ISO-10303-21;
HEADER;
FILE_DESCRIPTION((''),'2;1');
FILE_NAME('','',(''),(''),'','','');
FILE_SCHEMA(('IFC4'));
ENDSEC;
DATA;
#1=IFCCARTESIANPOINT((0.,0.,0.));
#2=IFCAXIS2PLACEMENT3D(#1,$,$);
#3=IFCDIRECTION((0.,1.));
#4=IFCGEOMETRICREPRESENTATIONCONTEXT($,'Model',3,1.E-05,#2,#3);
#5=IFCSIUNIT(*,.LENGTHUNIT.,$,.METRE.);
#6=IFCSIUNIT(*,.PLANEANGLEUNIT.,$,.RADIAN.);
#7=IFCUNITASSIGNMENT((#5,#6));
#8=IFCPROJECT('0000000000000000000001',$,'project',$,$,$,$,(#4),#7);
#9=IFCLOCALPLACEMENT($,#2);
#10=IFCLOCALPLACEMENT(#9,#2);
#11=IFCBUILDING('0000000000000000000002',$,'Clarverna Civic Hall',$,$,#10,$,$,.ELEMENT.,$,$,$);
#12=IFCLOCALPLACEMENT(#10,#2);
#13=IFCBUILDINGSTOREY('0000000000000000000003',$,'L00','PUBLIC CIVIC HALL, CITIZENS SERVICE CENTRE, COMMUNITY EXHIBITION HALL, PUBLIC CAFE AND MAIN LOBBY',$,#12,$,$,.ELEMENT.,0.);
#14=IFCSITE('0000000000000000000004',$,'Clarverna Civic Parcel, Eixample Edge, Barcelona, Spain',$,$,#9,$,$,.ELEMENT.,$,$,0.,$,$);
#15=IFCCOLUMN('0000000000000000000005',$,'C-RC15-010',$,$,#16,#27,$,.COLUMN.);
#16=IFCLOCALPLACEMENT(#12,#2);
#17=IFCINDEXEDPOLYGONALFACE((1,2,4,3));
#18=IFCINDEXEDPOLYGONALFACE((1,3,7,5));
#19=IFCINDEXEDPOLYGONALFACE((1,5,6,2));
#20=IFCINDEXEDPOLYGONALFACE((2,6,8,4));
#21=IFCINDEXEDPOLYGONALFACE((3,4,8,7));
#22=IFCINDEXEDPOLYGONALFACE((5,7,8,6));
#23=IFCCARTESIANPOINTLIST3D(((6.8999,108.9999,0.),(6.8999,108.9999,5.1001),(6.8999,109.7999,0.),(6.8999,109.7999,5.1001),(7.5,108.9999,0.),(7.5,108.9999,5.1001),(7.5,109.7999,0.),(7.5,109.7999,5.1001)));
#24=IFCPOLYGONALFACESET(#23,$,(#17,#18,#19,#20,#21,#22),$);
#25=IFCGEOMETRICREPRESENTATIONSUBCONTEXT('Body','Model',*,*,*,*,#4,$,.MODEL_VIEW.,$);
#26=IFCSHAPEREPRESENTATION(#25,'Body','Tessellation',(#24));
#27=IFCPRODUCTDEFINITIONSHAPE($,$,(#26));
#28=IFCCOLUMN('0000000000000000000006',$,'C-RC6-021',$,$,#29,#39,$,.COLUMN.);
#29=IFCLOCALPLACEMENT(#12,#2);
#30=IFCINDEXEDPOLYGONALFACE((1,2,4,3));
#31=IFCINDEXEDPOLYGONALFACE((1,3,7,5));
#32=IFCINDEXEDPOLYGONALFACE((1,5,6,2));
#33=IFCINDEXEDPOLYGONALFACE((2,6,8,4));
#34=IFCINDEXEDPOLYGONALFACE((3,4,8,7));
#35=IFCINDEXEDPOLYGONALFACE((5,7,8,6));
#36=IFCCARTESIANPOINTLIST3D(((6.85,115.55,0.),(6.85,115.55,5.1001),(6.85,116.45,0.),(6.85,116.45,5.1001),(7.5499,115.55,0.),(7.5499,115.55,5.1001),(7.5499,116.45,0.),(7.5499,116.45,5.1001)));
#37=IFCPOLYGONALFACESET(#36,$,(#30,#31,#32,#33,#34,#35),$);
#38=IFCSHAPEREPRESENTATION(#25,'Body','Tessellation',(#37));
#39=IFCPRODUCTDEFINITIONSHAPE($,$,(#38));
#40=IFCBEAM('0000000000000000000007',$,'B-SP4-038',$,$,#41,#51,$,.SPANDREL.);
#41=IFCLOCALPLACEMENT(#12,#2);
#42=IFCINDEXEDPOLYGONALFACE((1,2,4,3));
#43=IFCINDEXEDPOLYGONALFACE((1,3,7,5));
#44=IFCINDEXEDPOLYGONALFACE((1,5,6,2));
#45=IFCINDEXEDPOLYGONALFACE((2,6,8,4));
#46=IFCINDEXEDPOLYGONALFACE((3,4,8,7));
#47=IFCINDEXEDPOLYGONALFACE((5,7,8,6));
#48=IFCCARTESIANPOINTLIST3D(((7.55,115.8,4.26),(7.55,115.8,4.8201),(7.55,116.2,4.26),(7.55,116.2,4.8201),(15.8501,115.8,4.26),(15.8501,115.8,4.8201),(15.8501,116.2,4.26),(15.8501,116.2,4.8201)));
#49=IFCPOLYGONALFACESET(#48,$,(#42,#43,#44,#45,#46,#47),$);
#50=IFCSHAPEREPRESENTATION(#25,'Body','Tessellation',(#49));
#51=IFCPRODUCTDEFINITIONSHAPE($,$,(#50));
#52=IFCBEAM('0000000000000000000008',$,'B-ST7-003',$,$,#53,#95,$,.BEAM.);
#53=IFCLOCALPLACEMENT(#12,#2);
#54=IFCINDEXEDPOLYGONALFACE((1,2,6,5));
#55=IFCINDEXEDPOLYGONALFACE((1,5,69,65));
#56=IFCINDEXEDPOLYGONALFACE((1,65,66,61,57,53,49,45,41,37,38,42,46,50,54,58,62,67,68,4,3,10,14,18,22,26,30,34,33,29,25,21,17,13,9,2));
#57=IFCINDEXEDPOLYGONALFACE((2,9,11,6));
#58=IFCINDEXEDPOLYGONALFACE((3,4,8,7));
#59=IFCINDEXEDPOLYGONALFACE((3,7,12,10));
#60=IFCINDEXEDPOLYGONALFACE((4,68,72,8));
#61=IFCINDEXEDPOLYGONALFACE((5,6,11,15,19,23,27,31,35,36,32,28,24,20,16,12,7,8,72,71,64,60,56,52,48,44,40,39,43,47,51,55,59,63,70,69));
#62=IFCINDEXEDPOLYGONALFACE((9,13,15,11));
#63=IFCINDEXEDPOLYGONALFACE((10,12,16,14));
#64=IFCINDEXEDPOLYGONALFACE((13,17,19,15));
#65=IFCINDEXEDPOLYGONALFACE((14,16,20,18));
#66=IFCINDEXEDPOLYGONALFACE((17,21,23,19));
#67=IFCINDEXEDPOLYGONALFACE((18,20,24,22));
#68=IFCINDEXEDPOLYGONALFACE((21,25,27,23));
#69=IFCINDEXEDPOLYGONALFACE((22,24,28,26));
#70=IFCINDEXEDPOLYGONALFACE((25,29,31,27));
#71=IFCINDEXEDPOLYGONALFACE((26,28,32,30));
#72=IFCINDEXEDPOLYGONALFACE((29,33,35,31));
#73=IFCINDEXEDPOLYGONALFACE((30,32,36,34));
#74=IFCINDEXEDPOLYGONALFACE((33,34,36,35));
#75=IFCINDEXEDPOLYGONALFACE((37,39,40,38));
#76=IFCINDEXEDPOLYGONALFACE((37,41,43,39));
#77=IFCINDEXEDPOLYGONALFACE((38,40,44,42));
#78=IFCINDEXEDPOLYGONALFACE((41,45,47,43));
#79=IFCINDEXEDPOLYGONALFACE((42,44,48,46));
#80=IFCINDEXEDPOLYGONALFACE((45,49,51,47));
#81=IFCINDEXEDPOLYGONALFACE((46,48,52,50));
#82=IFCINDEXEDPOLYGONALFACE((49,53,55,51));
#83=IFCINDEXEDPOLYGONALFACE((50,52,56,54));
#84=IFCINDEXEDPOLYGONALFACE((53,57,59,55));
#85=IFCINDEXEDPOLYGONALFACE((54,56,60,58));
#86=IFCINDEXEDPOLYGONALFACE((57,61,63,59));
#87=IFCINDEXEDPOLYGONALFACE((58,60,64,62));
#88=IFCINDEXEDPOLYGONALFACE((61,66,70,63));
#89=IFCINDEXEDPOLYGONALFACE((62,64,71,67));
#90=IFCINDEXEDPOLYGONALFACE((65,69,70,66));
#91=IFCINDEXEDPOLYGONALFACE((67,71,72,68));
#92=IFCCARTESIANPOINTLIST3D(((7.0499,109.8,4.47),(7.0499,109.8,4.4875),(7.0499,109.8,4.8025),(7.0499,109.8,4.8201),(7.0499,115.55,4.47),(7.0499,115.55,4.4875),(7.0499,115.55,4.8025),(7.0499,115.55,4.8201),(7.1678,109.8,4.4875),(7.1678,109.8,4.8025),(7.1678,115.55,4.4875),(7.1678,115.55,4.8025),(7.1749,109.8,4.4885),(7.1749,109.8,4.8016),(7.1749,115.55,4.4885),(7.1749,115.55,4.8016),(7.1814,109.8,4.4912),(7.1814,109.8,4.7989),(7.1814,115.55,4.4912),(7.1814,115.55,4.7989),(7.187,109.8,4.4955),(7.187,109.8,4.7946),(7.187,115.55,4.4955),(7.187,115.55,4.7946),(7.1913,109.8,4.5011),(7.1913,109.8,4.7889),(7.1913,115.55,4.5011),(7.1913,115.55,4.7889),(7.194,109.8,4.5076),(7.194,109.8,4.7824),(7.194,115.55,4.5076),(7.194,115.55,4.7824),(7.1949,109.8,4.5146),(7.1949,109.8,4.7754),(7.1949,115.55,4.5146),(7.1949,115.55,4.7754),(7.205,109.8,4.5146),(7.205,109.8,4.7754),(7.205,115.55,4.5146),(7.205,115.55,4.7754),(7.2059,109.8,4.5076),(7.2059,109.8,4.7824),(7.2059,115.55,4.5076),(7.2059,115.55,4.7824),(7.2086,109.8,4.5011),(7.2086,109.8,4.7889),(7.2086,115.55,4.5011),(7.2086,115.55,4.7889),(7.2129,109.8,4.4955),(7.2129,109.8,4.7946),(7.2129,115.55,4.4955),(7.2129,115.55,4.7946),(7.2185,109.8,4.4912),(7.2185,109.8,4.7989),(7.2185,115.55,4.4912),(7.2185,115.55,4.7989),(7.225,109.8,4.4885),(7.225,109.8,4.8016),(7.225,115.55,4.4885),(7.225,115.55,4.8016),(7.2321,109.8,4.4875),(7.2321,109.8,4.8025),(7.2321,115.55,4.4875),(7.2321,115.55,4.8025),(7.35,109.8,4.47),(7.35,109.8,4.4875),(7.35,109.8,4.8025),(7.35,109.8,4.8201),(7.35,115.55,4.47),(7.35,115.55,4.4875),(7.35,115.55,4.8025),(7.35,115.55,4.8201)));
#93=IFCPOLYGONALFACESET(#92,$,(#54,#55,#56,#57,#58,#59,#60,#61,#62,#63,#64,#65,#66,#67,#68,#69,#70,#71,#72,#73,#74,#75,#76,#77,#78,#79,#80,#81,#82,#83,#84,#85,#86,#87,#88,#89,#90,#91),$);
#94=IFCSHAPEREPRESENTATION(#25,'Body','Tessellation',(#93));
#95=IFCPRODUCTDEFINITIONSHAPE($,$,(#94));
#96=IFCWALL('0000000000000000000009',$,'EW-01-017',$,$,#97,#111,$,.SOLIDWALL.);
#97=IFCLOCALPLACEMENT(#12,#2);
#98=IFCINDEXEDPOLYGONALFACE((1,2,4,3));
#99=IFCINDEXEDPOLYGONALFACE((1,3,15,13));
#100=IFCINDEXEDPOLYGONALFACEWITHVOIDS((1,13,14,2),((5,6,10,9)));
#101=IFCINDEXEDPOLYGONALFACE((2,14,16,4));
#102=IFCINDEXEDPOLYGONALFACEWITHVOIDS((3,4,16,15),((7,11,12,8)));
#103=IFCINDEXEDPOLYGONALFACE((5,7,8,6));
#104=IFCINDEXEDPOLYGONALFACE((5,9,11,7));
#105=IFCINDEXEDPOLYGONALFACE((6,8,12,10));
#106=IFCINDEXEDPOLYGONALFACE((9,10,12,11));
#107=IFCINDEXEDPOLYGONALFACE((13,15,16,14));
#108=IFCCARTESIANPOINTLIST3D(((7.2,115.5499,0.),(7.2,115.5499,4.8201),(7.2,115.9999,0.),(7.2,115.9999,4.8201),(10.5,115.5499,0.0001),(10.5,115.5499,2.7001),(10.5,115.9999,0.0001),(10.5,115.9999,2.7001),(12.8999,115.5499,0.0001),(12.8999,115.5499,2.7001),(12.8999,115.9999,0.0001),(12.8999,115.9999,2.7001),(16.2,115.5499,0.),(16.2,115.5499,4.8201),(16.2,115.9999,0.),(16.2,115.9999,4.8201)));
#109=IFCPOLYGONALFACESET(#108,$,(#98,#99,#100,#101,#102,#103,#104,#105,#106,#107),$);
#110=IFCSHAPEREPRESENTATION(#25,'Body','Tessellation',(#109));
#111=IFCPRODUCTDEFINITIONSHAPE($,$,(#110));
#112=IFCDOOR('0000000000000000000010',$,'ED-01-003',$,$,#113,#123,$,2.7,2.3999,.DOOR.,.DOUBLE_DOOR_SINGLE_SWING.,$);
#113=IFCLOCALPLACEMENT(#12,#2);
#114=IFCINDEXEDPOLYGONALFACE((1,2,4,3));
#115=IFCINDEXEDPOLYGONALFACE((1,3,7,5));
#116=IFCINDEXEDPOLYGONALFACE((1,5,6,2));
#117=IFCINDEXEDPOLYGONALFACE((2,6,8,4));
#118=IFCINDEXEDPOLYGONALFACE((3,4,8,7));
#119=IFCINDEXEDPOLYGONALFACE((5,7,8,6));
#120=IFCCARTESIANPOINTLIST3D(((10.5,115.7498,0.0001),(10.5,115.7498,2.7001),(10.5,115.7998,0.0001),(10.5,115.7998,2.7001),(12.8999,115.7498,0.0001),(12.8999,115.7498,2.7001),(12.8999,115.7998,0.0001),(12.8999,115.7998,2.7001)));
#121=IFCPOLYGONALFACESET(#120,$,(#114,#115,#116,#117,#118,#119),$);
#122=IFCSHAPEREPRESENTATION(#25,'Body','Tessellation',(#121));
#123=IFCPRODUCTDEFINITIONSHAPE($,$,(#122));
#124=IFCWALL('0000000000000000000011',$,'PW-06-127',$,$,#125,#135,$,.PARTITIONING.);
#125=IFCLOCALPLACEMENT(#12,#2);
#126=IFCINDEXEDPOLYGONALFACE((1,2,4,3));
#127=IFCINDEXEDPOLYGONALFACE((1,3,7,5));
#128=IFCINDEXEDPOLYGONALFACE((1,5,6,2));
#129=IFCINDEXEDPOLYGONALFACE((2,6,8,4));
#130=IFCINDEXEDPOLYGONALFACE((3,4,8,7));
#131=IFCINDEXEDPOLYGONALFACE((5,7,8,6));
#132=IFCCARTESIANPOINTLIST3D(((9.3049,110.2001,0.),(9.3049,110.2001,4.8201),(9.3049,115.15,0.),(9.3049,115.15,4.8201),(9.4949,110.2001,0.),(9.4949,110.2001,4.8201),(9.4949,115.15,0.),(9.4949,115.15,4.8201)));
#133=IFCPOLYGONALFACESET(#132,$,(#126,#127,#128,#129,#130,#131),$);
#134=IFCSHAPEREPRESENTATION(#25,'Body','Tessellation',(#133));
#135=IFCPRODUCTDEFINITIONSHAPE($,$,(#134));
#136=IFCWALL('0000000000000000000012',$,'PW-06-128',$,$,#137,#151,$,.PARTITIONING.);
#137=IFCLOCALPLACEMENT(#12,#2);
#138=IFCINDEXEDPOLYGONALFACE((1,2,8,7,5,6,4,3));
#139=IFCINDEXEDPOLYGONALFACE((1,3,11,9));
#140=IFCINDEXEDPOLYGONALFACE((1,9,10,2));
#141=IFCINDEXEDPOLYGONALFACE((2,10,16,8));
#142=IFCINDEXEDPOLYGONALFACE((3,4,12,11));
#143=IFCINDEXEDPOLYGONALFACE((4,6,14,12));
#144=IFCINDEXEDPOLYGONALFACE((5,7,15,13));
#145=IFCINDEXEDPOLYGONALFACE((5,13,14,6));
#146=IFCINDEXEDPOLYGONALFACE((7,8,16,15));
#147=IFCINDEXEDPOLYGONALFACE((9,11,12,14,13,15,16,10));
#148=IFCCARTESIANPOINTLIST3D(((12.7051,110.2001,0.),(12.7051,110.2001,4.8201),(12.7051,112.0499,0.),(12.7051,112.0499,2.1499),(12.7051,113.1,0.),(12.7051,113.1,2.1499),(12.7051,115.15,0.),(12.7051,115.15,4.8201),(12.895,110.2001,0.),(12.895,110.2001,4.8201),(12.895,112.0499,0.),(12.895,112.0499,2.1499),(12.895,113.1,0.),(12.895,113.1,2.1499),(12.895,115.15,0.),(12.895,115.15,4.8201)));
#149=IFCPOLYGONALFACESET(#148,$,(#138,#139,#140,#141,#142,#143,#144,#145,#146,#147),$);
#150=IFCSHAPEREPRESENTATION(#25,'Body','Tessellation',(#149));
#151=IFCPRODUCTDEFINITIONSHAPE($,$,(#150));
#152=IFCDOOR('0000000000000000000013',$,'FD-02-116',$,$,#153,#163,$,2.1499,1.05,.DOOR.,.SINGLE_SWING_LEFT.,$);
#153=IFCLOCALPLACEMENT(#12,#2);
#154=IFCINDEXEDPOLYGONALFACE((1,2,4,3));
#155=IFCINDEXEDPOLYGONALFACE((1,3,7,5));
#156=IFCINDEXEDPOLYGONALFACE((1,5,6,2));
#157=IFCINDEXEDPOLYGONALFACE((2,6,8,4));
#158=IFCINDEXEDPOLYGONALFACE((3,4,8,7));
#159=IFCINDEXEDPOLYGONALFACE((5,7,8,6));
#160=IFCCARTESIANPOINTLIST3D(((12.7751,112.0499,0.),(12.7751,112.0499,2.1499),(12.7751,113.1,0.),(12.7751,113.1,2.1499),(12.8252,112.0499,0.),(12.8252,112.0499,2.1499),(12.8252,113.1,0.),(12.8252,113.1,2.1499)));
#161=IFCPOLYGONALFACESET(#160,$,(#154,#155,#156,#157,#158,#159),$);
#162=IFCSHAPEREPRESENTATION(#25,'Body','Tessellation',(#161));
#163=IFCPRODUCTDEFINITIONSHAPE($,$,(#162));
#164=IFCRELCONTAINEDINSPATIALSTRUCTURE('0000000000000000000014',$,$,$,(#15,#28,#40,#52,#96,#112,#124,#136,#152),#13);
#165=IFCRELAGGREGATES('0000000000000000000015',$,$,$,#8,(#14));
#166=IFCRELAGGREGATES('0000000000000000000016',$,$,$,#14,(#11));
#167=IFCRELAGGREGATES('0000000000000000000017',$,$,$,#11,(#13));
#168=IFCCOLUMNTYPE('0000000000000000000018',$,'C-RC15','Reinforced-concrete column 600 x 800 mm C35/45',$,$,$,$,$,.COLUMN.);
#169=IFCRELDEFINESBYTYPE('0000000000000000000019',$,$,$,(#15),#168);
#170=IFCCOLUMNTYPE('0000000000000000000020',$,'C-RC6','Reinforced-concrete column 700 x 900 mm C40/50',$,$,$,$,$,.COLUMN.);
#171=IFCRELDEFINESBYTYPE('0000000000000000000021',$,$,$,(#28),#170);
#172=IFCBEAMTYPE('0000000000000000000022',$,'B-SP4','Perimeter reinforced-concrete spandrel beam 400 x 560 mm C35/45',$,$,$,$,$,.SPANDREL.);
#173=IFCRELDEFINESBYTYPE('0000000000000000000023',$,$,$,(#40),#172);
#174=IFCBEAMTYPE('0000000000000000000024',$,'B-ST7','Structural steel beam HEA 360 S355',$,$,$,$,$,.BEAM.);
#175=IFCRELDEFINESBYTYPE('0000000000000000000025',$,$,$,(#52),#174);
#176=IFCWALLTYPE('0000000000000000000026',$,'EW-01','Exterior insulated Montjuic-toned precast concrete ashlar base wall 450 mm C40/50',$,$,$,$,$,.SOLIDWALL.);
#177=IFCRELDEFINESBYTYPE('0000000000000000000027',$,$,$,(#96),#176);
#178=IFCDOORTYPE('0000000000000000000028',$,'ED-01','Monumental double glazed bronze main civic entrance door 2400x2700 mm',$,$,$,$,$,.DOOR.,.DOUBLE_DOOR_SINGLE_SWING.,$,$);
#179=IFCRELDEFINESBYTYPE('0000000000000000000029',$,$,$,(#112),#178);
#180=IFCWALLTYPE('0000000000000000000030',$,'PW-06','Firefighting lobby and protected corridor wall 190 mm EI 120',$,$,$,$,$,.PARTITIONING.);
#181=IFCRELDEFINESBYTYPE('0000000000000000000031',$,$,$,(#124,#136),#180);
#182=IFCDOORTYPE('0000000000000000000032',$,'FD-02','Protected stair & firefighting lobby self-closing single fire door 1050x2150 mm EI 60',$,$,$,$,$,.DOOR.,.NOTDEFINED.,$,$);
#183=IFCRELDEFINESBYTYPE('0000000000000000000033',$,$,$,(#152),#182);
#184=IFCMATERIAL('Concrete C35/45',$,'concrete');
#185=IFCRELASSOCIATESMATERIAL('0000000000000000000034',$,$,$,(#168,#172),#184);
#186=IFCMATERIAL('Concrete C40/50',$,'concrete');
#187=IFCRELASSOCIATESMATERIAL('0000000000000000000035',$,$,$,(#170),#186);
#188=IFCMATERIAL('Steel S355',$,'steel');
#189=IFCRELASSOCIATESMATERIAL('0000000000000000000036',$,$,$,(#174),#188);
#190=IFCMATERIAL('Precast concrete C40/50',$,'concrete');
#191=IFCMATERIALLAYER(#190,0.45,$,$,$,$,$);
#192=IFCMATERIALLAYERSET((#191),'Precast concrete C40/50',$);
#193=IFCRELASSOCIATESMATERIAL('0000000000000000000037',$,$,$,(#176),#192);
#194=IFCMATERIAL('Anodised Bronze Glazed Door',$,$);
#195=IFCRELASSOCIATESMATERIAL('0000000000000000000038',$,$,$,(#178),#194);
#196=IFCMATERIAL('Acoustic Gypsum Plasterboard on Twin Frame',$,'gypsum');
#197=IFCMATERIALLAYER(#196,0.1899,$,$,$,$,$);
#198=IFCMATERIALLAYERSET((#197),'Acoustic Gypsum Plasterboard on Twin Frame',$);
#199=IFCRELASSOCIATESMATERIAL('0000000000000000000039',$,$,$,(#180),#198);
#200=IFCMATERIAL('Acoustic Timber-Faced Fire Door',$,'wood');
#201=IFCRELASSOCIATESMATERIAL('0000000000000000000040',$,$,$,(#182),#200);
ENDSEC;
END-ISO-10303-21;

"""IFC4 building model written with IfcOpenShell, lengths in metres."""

from ifc_helpers import new_model, si_unit, direction, frame, frame_2d, origin, origin_2d, place, context, subcontext, project, spatial, rectangle, i_section, extrude, material, layer, layer_set, material_profile, profile_set, type_object, element, fill, save


model = new_model("IFC4")

# Units and contexts
model_context = context("Model", 3, precision=1e-05, world=origin(), true_north=direction((0.0, 1.0)))
body_context = subcontext(model_context, "Body", "Model", "MODEL_VIEW")
ifc_project = project(units=[si_unit("LENGTHUNIT", "METRE"), si_unit("PLANEANGLEUNIT", "RADIAN")], contexts=[model_context])

# Site, building, storey
site_placement = place(None, origin())
site = spatial("IfcSite", under=ifc_project, at=site_placement, Name="Clarverna Civic Parcel, Eixample Edge, Barcelona, Spain", CompositionType="ELEMENT", RefElevation=0.0)
building_placement = place(site_placement, origin())
building = spatial("IfcBuilding", under=site, at=building_placement, Name="Clarverna Civic Hall", CompositionType="ELEMENT")
storey_placement = place(building_placement, origin())
storey = spatial("IfcBuildingStorey", under=building, at=storey_placement, Name="L00", Description="PUBLIC CIVIC HALL, CITIZENS SERVICE CENTRE, COMMUNITY EXHIBITION HALL, PUBLIC CAFE AND MAIN LOBBY", CompositionType="ELEMENT", Elevation=0.0)

# Columns
ifc_material_1 = material(Name="Concrete C35/45", Category="concrete")
ifc_material_profile_1 = material_profile(ifc_material_1, rectangle(XDim=0.6001, YDim=0.8, at=origin_2d()), Name="RC 600x800")
ifc_profile_set_1 = profile_set([ifc_material_profile_1], Name="Concrete C35/45")
column_type_1 = type_object("IfcColumnType", Name="C-RC15", Description="Reinforced-concrete column 600 x 800 mm C35/45", PredefinedType="COLUMN", material=ifc_profile_set_1)
column_1_placement = place(storey_placement, frame((7.2, 109.3999, 0.0), z_axis=(0.0, 0.0, 1.0), x_axis=(1.0, 0.0, 0.0)))
element("IfcColumn", 1, at=column_1_placement, inside=storey, type_object=column_type_1, Name="C-RC15-010", PredefinedType="COLUMN", context=body_context, shape_type="SweptSolid", body=[
    extrude(rectangle(XDim=0.6001, YDim=0.8, at=origin_2d()), origin(), (0.0, 0.0, 1.0), 5.1001),
])
ifc_material_2 = material(Name="Concrete C40/50", Category="concrete")
ifc_material_profile_2 = material_profile(ifc_material_2, rectangle(XDim=0.7, YDim=0.8999, at=origin_2d()), Name="RC 700x900")
ifc_profile_set_2 = profile_set([ifc_material_profile_2], Name="Concrete C40/50")
column_type_2 = type_object("IfcColumnType", Name="C-RC6", Description="Reinforced-concrete column 700 x 900 mm C40/50", PredefinedType="COLUMN", material=ifc_profile_set_2)
column_2_placement = place(storey_placement, frame((7.2, 116.0, 0.0), z_axis=(0.0, 0.0, 1.0), x_axis=(1.0, 0.0, 0.0)))
element("IfcColumn", 2, at=column_2_placement, inside=storey, type_object=column_type_2, Name="C-RC6-021", PredefinedType="COLUMN", context=body_context, shape_type="SweptSolid", body=[
    extrude(rectangle(XDim=0.7, YDim=0.8999, at=origin_2d()), origin(), (0.0, 0.0, 1.0), 5.1001),
])

# Beams
ifc_material_profile_3 = material_profile(ifc_material_1, rectangle(XDim=0.3999, YDim=0.5601, at=origin_2d()), Name="RC 400x560")
ifc_profile_set_3 = profile_set([ifc_material_profile_3], Name="Concrete C35/45")
beam_type_1 = type_object("IfcBeamType", Name="B-SP4", Description="Perimeter reinforced-concrete spandrel beam 400 x 560 mm C35/45", PredefinedType="SPANDREL", material=ifc_profile_set_3)
beam_1_placement = place(storey_placement, frame((7.55, 116.0, 4.54), z_axis=(1.0, 0.0, 0.0), x_axis=(0.0, 1.0, 0.0)))
element("IfcBeam", 3, at=beam_1_placement, inside=storey, type_object=beam_type_1, Name="B-SP4-038", PredefinedType="SPANDREL", context=body_context, shape_type="SweptSolid", body=[
    extrude(rectangle(XDim=0.3999, YDim=0.5601, at=origin_2d()), origin(), (0.0, 0.0, 1.0), 8.3),
])
ifc_material_3 = material(Name="Steel S355", Category="steel")
ifc_material_profile_4 = material_profile(ifc_material_3, i_section(OverallWidth=0.3, OverallDepth=0.3501, WebThickness=0.01, FlangeThickness=0.0176, FilletRadius=0.0271, at=origin_2d()), Name="HEA 360")
ifc_profile_set_4 = profile_set([ifc_material_profile_4], Name="Steel S355")
beam_type_2 = type_object("IfcBeamType", Name="B-ST7", Description="Structural steel beam HEA 360 S355", PredefinedType="BEAM", material=ifc_profile_set_4)
beam_2_placement = place(storey_placement, frame((7.2, 109.8, 4.645), z_axis=(0.0, 1.0, 0.0), x_axis=(-1.0, 0.0, 0.0)))
element("IfcBeam", 4, at=beam_2_placement, inside=storey, type_object=beam_type_2, Name="B-ST7-003", PredefinedType="BEAM", context=body_context, shape_type="SweptSolid", body=[
    extrude(i_section(OverallWidth=0.3, OverallDepth=0.3501, WebThickness=0.01, FlangeThickness=0.0176, FilletRadius=0.0271, at=origin_2d()), origin(), (0.0, 0.0, 1.0), 5.75),
])

# Wall, opening, door
ifc_material_4 = material(Name="Precast concrete C40/50", Category="concrete")
ifc_layer_1 = layer(ifc_material_4, 0.45)
ifc_layer_set_1 = layer_set([ifc_layer_1], Name="Precast concrete C40/50")
wall_type_1 = type_object("IfcWallType", Name="EW-01", Description="Exterior insulated Montjuic-toned precast concrete ashlar base wall 450 mm C40/50", PredefinedType="SOLIDWALL", material=ifc_layer_set_1)
wall_1_placement = place(storey_placement, frame((7.2, 115.7749, 0.0), z_axis=(0.0, 0.0, 1.0), x_axis=(1.0, 0.0, 0.0)))
wall_1 = element("IfcWall", 5, at=wall_1_placement, inside=storey, type_object=wall_type_1, Name="EW-01-017", PredefinedType="SOLIDWALL", context=body_context, shape_type="SweptSolid", body=[
    extrude(rectangle(XDim=9.0, YDim=0.45, at=frame_2d((4.5, 0.0))), origin(), (0.0, 0.0, 1.0), 4.8201),
])
opening_1_placement = place(wall_1_placement, frame((3.3, 0.0, 0.0)))
opening_1 = element("IfcOpeningElement", 6, at=opening_1_placement, cuts=wall_1, PredefinedType="OPENING", context=body_context, shape_type="SweptSolid", body=[
    extrude(rectangle(XDim=2.3999, YDim=2.7, at=frame_2d((1.2, 1.3501))), frame((0.0, 0.2349, 0.0), z_axis=(0.0, -1.0, 0.0), x_axis=(1.0, 0.0, 0.0)), (0.0, 0.0, 1.0), 0.47),
])
ifc_material_5 = material(Name="Anodised Bronze Glazed Door")
door_type_1 = type_object("IfcDoorType", Name="ED-01", Description="Monumental double glazed bronze main civic entrance door 2400x2700 mm", OperationType="DOUBLE_DOOR_SINGLE_SWING", PredefinedType="DOOR", material=ifc_material_5)
door_1_placement = place(opening_1_placement, origin())
door_1 = element("IfcDoor", 7, at=door_1_placement, inside=storey, type_object=door_type_1, Name="ED-01-003", OperationType="DOUBLE_DOOR_SINGLE_SWING", OverallHeight=2.7, OverallWidth=2.3999, PredefinedType="DOOR", context=body_context, shape_type="SweptSolid", body=[
    extrude(rectangle(XDim=2.3999, YDim=2.7, at=frame_2d((1.2, 1.3501))), frame((0.0, 0.0249, 0.0), z_axis=(0.0, -1.0, 0.0), x_axis=(1.0, 0.0, 0.0)), (0.0, 0.0, 1.0), 0.05),
])
fill(opening_1, door_1)

# Wall
ifc_material_6 = material(Name="Acoustic Gypsum Plasterboard on Twin Frame", Category="gypsum")
ifc_layer_2 = layer(ifc_material_6, 0.1899)
ifc_layer_set_2 = layer_set([ifc_layer_2], Name="Acoustic Gypsum Plasterboard on Twin Frame")
wall_type_2 = type_object("IfcWallType", Name="PW-06", Description="Firefighting lobby and protected corridor wall 190 mm EI 120", PredefinedType="PARTITIONING", material=ifc_layer_set_2)
wall_2_placement = place(storey_placement, frame((9.3999, 110.2, 0.0), z_axis=(0.0, 0.0, 1.0), x_axis=(0.0, 1.0, 0.0)))
element("IfcWall", 8, at=wall_2_placement, inside=storey, type_object=wall_type_2, Name="PW-06-127", PredefinedType="PARTITIONING", context=body_context, shape_type="SweptSolid", body=[
    extrude(rectangle(XDim=4.95, YDim=0.1899, at=frame_2d((2.4751, 0.0))), origin(), (0.0, 0.0, 1.0), 4.8201),
])

# Wall, opening, door
wall_3_placement = place(storey_placement, frame((12.8, 110.2, 0.0), z_axis=(0.0, 0.0, 1.0), x_axis=(0.0, 1.0, 0.0)))
wall_3 = element("IfcWall", 9, at=wall_3_placement, inside=storey, type_object=wall_type_2, Name="PW-06-128", PredefinedType="PARTITIONING", context=body_context, shape_type="SweptSolid", body=[
    extrude(rectangle(XDim=4.95, YDim=0.1899, at=frame_2d((2.4751, 0.0))), origin(), (0.0, 0.0, 1.0), 4.8201),
])
opening_2_placement = place(wall_3_placement, frame((1.8501, 0.0, 0.0)))
opening_2 = element("IfcOpeningElement", 10, at=opening_2_placement, cuts=wall_3, PredefinedType="OPENING", context=body_context, shape_type="SweptSolid", body=[
    extrude(rectangle(XDim=1.05, YDim=2.1499, at=frame_2d((0.5249, 1.075))), frame((0.0, 0.105, 0.0), z_axis=(0.0, -1.0, 0.0), x_axis=(1.0, 0.0, 0.0)), (0.0, 0.0, 1.0), 0.21),
])
ifc_material_7 = material(Name="Acoustic Timber-Faced Fire Door", Category="wood")
door_type_2 = type_object("IfcDoorType", Name="FD-02", Description="Protected stair & firefighting lobby self-closing single fire door 1050x2150 mm EI 60", OperationType="NOTDEFINED", PredefinedType="DOOR", material=ifc_material_7)
door_2_placement = place(opening_2_placement, origin())
door_2 = element("IfcDoor", 11, at=door_2_placement, inside=storey, type_object=door_type_2, Name="FD-02-116", OperationType="SINGLE_SWING_LEFT", OverallHeight=2.1499, OverallWidth=1.05, PredefinedType="DOOR", context=body_context, shape_type="SweptSolid", body=[
    extrude(rectangle(XDim=1.05, YDim=2.1499, at=frame_2d((0.5249, 1.075))), frame((0.0, 0.0249, 0.0), z_axis=(0.0, -1.0, 0.0), x_axis=(1.0, 0.0, 0.0)), (0.0, 0.0, 1.0), 0.05),
])
fill(opening_2, door_2)

save(model, "model.ifc")
